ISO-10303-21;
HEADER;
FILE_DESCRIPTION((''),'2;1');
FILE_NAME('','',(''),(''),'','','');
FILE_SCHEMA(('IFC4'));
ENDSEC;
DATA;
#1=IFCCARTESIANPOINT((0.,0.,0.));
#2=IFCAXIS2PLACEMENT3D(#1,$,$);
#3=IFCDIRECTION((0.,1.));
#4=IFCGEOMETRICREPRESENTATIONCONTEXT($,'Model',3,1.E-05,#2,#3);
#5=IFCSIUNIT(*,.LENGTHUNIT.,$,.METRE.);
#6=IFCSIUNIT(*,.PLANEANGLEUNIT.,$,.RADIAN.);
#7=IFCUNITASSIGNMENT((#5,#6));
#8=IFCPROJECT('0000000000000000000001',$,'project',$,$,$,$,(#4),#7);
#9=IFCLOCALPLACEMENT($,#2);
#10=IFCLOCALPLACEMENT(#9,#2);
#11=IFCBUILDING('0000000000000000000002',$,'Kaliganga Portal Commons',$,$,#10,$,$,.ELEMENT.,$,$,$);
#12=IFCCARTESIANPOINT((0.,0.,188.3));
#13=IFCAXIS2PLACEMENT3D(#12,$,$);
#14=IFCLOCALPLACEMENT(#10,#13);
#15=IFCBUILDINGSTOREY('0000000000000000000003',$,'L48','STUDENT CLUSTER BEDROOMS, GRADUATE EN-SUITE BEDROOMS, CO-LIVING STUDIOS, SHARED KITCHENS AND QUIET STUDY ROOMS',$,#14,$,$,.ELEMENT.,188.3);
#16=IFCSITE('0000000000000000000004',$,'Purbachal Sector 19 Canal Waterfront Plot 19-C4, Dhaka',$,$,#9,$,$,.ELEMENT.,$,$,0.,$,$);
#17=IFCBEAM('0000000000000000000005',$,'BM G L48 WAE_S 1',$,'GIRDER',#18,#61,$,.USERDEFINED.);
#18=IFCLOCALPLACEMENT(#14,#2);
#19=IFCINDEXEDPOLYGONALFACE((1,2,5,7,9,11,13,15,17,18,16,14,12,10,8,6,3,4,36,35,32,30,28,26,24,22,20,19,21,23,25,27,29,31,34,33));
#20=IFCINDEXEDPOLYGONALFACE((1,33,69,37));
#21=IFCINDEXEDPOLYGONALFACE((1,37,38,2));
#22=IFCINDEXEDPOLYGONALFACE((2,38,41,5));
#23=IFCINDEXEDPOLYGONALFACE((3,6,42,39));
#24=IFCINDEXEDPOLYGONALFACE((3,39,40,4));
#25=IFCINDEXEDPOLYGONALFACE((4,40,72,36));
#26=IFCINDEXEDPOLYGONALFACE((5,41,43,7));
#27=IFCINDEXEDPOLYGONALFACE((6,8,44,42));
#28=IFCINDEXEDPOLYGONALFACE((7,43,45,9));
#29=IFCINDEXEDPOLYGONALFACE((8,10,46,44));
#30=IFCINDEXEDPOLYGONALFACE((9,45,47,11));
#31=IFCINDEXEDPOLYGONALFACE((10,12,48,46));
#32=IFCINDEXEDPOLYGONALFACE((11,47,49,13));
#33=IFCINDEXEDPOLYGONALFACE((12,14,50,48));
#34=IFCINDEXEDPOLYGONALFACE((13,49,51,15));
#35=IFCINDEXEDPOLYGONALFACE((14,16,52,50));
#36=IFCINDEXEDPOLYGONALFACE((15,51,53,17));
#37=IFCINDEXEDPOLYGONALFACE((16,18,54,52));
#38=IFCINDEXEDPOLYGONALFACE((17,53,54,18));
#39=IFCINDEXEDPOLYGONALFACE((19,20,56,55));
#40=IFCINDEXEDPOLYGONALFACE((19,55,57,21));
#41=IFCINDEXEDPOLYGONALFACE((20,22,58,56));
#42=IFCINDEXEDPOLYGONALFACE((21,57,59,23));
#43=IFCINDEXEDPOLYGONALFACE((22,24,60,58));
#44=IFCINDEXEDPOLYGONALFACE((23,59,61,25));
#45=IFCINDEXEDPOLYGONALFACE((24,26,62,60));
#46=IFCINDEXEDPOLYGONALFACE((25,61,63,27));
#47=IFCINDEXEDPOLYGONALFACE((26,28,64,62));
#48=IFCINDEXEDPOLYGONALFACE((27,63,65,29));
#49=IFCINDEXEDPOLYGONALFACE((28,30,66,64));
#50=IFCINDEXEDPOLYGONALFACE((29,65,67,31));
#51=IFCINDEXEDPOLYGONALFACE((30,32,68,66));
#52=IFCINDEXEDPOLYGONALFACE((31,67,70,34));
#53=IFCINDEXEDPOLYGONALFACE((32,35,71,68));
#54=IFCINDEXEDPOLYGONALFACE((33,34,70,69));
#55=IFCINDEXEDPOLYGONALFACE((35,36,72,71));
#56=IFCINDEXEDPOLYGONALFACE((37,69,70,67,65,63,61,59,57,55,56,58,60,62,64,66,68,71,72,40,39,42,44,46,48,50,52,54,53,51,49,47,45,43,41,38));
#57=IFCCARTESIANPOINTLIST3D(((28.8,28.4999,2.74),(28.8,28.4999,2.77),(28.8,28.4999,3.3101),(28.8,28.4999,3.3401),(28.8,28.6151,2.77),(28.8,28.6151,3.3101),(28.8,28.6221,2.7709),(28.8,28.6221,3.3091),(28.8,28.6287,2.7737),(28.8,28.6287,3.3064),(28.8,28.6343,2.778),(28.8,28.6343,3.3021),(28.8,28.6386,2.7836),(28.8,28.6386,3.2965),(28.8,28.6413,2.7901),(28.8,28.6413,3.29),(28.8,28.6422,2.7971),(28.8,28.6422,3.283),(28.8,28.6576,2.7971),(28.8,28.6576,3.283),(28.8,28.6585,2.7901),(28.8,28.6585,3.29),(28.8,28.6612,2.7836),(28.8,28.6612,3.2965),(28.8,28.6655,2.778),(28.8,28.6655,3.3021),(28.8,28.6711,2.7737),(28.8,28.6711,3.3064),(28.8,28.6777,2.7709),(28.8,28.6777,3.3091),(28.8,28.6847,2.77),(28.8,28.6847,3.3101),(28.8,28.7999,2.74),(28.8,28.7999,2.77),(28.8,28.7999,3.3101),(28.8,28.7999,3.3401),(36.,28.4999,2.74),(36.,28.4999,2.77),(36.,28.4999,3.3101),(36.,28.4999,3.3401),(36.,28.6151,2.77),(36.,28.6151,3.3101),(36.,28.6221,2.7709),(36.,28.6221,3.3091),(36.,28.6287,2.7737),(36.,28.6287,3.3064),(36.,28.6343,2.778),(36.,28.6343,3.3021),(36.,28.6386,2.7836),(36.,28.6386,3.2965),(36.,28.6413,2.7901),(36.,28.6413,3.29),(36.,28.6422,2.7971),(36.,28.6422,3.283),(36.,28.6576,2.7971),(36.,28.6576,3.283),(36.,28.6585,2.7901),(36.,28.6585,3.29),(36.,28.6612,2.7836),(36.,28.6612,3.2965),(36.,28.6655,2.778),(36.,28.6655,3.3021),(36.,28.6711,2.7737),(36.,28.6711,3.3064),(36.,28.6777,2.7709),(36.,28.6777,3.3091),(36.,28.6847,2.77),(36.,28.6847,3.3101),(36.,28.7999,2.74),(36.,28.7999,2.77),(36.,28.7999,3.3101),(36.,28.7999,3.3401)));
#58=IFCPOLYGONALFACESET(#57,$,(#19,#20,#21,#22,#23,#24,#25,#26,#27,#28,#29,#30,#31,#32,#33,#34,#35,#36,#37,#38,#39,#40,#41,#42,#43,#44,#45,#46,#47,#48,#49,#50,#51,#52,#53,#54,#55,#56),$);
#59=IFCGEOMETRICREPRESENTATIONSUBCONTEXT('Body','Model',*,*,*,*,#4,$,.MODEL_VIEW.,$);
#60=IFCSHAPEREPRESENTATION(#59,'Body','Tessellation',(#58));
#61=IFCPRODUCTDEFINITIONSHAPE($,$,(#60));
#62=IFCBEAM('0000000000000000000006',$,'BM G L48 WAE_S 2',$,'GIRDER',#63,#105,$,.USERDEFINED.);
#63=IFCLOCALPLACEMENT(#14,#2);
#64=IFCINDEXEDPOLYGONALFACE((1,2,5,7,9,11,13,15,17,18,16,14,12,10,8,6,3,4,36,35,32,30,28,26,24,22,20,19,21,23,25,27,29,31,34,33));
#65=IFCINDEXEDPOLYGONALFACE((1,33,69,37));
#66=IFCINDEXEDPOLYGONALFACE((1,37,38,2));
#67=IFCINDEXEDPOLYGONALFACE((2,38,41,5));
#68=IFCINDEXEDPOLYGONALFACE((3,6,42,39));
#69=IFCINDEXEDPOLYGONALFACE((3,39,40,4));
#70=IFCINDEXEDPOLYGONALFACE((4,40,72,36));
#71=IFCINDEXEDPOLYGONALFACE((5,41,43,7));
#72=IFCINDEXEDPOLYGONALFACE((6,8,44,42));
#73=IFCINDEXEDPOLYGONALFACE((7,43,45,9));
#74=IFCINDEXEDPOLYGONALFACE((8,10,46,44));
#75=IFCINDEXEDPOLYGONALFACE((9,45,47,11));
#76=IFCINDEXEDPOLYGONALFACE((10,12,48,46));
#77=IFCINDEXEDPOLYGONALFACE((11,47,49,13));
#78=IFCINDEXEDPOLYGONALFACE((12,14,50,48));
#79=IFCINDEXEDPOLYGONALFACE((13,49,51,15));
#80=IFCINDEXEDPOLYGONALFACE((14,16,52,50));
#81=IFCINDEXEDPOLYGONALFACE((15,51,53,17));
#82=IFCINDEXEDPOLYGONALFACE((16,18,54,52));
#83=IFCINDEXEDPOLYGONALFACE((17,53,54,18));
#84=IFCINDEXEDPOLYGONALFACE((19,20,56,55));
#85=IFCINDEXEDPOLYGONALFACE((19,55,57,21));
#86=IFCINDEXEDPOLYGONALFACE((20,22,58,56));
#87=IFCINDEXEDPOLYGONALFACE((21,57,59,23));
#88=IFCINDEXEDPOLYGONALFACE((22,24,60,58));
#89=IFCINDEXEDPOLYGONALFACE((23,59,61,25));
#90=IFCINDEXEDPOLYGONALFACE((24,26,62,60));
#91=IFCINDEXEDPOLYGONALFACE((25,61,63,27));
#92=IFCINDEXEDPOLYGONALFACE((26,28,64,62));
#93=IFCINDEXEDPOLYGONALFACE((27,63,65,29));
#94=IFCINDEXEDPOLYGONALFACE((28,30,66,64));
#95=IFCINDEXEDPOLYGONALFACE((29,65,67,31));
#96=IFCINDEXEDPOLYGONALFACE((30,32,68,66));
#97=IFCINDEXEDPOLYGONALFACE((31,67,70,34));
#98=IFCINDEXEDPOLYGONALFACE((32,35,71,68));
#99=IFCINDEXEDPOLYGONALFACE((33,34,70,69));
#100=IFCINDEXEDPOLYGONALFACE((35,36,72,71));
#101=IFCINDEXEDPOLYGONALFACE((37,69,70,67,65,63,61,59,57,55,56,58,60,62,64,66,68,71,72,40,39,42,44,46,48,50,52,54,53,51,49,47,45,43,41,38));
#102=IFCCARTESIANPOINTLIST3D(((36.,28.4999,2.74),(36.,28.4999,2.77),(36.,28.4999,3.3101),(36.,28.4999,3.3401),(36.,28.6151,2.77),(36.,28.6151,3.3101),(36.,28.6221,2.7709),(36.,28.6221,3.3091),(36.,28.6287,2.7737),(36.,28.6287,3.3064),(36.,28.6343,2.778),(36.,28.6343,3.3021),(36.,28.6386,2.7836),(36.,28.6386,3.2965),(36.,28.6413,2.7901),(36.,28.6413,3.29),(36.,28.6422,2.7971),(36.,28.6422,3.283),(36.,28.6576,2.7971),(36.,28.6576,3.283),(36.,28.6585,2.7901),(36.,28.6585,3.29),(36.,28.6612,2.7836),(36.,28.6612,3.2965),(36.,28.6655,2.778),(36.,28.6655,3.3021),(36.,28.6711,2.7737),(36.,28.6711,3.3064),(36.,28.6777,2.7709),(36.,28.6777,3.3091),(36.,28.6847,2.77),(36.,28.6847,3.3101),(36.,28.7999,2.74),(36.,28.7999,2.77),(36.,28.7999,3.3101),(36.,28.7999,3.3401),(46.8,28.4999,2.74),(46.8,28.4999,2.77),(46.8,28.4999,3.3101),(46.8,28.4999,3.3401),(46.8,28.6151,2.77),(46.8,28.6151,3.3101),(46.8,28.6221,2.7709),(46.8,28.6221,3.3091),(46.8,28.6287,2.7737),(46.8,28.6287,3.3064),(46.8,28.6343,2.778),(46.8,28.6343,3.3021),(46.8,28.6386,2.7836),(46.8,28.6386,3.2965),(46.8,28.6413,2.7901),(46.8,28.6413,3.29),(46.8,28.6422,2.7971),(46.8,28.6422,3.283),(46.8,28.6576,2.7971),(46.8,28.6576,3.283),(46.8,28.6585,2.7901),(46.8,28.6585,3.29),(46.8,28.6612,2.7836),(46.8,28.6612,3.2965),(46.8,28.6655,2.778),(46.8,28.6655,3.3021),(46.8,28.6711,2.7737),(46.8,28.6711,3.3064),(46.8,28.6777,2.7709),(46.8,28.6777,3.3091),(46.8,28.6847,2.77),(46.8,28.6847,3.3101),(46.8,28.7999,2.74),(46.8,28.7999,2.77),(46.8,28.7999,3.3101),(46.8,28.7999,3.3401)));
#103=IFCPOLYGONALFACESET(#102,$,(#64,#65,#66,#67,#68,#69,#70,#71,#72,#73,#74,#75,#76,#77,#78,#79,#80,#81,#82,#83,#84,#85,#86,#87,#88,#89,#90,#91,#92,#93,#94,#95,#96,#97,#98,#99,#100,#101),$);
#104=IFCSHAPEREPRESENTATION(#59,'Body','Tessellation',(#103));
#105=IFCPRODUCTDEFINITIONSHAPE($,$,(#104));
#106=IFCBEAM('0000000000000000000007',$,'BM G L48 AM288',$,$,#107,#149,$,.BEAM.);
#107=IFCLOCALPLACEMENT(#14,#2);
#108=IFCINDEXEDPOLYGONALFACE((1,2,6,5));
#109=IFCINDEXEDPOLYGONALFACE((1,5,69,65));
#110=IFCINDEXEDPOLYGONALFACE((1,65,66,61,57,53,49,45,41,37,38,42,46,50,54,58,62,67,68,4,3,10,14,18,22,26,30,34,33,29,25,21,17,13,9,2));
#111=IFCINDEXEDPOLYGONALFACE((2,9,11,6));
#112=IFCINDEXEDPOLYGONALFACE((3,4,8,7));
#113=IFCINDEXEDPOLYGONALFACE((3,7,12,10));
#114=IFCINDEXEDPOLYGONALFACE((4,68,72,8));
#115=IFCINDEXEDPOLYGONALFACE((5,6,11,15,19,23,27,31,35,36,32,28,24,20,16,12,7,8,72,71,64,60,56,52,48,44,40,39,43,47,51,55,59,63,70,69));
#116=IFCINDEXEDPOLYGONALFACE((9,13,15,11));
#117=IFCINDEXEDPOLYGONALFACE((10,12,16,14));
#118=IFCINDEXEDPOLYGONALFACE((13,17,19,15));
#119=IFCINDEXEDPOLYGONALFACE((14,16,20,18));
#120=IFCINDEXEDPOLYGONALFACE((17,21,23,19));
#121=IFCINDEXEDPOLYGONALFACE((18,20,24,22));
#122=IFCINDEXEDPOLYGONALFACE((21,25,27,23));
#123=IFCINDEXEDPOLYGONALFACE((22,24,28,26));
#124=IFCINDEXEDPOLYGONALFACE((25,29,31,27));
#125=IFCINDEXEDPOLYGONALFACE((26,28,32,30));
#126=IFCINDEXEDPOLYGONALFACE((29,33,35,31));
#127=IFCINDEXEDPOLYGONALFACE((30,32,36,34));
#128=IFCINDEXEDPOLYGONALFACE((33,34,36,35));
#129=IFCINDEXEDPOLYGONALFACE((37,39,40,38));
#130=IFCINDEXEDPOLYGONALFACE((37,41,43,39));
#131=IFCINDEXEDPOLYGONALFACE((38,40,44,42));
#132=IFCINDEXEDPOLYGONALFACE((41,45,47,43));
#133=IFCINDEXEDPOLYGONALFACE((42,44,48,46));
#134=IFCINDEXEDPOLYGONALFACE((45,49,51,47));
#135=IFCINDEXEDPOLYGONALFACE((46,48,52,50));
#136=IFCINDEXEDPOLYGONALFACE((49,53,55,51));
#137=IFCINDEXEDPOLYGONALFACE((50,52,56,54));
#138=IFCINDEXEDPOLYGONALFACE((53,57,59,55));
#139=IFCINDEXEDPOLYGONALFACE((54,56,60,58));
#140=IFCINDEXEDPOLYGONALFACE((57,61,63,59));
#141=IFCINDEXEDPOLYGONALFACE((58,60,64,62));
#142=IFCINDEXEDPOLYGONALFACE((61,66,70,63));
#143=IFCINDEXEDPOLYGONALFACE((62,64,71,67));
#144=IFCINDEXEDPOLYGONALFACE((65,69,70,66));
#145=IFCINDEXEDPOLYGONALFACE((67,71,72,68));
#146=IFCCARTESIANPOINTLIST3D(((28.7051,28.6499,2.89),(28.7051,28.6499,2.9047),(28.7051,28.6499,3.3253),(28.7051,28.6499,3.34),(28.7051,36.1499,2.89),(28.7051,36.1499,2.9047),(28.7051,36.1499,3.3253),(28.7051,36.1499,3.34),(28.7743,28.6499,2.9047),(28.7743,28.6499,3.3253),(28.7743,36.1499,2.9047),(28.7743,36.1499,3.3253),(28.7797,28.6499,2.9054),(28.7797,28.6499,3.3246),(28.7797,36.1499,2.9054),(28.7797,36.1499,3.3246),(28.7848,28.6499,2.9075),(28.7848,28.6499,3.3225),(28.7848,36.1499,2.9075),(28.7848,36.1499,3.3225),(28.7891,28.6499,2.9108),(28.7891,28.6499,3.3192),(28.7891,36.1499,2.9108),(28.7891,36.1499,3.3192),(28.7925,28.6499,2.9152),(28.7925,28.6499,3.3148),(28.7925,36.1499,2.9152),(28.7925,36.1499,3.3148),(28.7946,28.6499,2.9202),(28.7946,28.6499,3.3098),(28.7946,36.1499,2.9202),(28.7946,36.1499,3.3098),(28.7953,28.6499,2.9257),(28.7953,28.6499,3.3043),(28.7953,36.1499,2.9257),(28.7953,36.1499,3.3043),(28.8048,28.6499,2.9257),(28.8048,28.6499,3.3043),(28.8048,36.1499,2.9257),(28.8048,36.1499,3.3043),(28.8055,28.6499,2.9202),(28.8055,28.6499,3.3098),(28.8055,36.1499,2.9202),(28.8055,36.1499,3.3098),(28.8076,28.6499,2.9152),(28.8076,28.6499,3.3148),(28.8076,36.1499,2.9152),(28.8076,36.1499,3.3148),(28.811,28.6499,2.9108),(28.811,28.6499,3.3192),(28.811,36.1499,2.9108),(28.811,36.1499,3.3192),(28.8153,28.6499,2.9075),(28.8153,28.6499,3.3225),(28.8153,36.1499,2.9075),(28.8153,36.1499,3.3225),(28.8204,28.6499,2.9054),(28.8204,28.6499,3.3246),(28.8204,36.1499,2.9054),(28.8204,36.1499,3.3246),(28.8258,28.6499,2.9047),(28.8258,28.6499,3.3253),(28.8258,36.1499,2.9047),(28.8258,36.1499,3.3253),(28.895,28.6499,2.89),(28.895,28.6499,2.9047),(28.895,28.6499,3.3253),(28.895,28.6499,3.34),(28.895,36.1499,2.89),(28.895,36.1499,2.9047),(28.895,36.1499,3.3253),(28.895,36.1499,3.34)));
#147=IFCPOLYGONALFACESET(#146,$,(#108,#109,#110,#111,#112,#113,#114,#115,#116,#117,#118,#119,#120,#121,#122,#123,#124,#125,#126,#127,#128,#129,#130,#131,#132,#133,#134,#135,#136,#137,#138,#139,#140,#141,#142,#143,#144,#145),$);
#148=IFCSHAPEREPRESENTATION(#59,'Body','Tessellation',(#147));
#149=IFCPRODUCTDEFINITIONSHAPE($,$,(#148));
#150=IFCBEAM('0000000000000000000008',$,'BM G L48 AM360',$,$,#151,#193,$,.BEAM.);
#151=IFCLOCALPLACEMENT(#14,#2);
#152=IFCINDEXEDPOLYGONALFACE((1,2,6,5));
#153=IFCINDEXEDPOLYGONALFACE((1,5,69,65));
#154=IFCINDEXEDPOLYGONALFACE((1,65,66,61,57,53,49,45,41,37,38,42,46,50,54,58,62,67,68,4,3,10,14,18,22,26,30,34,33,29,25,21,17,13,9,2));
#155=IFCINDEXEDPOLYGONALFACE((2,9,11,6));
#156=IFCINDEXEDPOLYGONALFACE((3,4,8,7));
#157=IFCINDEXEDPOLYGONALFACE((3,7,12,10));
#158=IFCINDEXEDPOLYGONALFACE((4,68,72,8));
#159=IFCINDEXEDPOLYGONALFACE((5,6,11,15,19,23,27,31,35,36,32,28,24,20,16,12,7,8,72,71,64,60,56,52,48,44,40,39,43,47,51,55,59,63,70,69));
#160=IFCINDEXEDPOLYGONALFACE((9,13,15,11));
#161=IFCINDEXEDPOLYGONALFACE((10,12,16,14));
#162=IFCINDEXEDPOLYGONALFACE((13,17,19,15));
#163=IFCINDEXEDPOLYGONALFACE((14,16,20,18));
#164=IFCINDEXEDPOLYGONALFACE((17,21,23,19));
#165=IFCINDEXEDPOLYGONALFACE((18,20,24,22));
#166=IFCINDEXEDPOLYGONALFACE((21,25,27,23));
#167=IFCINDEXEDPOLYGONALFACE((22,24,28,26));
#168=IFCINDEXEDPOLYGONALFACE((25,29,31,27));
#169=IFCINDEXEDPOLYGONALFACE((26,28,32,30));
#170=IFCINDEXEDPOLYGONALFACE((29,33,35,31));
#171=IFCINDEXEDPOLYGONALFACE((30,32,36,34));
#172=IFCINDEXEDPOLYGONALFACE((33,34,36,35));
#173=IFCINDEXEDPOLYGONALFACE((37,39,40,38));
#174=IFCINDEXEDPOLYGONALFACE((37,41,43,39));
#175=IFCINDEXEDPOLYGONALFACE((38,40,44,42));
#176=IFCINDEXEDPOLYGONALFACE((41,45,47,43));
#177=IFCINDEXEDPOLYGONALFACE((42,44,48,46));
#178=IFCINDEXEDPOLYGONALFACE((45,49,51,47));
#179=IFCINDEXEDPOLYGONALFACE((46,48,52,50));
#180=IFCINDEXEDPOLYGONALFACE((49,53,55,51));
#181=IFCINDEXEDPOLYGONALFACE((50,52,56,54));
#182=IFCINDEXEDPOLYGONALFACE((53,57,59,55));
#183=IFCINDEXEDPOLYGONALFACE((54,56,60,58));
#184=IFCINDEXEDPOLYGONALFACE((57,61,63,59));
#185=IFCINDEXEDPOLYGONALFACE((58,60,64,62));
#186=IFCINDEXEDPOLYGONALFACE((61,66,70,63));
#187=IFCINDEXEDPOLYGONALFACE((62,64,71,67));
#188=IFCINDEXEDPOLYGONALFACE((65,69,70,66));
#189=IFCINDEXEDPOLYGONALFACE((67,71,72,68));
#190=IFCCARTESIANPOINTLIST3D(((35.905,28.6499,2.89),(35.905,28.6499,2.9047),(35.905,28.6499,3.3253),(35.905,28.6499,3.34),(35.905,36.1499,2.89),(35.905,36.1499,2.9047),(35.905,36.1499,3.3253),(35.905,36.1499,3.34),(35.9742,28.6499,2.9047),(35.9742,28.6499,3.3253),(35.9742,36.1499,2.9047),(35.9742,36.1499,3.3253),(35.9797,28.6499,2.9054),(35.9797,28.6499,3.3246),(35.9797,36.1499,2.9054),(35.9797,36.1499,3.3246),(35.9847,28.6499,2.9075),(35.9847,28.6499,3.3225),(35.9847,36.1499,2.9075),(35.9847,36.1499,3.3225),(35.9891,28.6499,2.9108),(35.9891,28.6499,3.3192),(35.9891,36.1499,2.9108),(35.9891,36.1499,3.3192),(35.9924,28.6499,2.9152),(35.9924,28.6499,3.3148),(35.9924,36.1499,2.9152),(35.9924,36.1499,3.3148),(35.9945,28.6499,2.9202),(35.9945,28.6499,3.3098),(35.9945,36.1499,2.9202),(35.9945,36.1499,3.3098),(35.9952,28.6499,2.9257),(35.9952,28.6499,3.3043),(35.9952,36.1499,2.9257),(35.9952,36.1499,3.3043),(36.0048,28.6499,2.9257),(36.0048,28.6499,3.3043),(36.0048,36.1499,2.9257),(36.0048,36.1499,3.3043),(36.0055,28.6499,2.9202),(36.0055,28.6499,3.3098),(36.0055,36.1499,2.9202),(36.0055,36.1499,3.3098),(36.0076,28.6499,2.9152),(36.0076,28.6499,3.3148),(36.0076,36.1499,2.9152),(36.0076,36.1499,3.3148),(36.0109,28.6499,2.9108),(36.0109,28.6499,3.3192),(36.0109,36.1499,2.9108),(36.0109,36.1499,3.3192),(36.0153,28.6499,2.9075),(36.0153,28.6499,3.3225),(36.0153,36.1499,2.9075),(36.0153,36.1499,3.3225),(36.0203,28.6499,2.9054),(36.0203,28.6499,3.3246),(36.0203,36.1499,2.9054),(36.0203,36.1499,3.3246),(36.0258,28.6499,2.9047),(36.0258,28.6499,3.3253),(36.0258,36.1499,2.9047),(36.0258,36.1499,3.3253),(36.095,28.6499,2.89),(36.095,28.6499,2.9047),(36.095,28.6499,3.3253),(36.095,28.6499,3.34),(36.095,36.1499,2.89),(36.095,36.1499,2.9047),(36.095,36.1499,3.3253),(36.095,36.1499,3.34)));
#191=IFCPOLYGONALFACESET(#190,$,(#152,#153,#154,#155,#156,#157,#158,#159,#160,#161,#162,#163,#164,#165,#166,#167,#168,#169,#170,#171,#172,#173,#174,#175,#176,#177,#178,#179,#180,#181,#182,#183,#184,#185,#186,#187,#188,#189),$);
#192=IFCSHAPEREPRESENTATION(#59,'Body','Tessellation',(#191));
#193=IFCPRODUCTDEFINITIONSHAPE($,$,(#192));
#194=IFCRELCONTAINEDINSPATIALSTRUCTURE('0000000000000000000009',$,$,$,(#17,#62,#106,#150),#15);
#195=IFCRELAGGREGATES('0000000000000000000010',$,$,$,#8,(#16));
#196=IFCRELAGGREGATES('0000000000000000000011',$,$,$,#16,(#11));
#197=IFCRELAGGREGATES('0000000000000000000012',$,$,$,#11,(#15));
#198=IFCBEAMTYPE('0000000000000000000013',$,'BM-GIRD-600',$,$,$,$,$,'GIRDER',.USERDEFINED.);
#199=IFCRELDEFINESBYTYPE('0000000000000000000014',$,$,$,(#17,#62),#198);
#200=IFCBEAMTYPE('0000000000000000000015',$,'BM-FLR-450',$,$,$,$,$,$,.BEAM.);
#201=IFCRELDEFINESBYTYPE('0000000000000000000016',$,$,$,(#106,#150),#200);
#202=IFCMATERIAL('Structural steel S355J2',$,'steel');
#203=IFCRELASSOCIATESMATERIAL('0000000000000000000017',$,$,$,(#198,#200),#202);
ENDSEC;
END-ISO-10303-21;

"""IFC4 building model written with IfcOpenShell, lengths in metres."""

from ifc_helpers import new_model, si_unit, direction, frame, origin, origin_2d, place, context, subcontext, project, spatial, i_section, extrude, source, transform, mapped, material, material_profile, profile_set, type_object, element, save


model = new_model("IFC4")

# Units and contexts
model_context = context("Model", 3, precision=1e-05, world=origin(), true_north=direction((0.0, 1.0)))
body_context = subcontext(model_context, "Body", "Model", "MODEL_VIEW")
ifc_project = project(units=[si_unit("LENGTHUNIT", "METRE"), si_unit("PLANEANGLEUNIT", "RADIAN")], contexts=[model_context])

# Site, building, storey
site_placement = place(None, origin())
site = spatial("IfcSite", under=ifc_project, at=site_placement, Name="Purbachal Sector 19 Canal Waterfront Plot 19-C4, Dhaka", CompositionType="ELEMENT", RefElevation=0.0)
building_placement = place(site_placement, origin())
building = spatial("IfcBuilding", under=site, at=building_placement, Name="Kaliganga Portal Commons", CompositionType="ELEMENT")
storey_placement = place(building_placement, frame((0.0, 0.0, 188.3)))
storey = spatial("IfcBuildingStorey", under=building, at=storey_placement, Name="L48", Description="STUDENT CLUSTER BEDROOMS, GRADUATE EN-SUITE BEDROOMS, CO-LIVING STUDIOS, SHARED KITCHENS AND QUIET STUDY ROOMS", CompositionType="ELEMENT", Elevation=188.3)

# Beams
ifc_material_1 = material(Name="Structural steel S355J2", Category="steel")
ifc_material_profile_1 = material_profile(ifc_material_1, i_section(OverallWidth=0.3, OverallDepth=0.6001, WebThickness=0.0154, FlangeThickness=0.03, FilletRadius=0.0271, at=origin_2d()), Name="HE 600 B")
ifc_profile_set_1 = profile_set([ifc_material_profile_1], Name="Structural steel S355J2 wide-flange")
beam_type_1 = type_object("IfcBeamType", Name="BM-GIRD-600", ElementType="GIRDER", PredefinedType="USERDEFINED", material=ifc_profile_set_1)
shared_shape_1 = source(origin(), body_context, "Body", "SweptSolid", [
    extrude(i_section(OverallWidth=0.3, OverallDepth=0.6001, WebThickness=0.0154, FlangeThickness=0.03, FilletRadius=0.0271, at=origin_2d()), origin(), (0.0, 0.0, 1.0), 7.2),
])
beam_1_placement = place(storey_placement, frame((28.8, 28.6499, 3.04), z_axis=(1.0, 0.0, 0.0), x_axis=(0.0, 1.0, 0.0)))
element("IfcBeam", 1, at=beam_1_placement, inside=storey, type_object=beam_type_1, Name="BM G L48 WAE_S 1", ObjectType="GIRDER", PredefinedType="USERDEFINED", context=body_context, shape_type="MappedRepresentation", body=[
    mapped(shared_shape_1, transform((0.0, 0.0, 0.0), x_axis=(1.0, 0.0, 0.0), y_axis=(0.0, 1.0, 0.0), z_axis=(0.0, 0.0, 1.0), scale=1.0)),
])
shared_shape_2 = source(origin(), body_context, "Body", "SweptSolid", [
    extrude(i_section(OverallWidth=0.3, OverallDepth=0.6001, WebThickness=0.0154, FlangeThickness=0.03, FilletRadius=0.0271, at=origin_2d()), origin(), (0.0, 0.0, 1.0), 10.8),
])
beam_2_placement = place(storey_placement, frame((36.0, 28.6499, 3.04), z_axis=(1.0, 0.0, 0.0), x_axis=(0.0, 1.0, 0.0)))
element("IfcBeam", 2, at=beam_2_placement, inside=storey, type_object=beam_type_1, Name="BM G L48 WAE_S 2", ObjectType="GIRDER", PredefinedType="USERDEFINED", context=body_context, shape_type="MappedRepresentation", body=[
    mapped(shared_shape_2, transform((0.0, 0.0, 0.0), x_axis=(1.0, 0.0, 0.0), y_axis=(0.0, 1.0, 0.0), z_axis=(0.0, 0.0, 1.0), scale=1.0)),
])
ifc_material_profile_2 = material_profile(ifc_material_1, i_section(OverallWidth=0.1899, OverallDepth=0.45, WebThickness=0.0095, FlangeThickness=0.0146, FilletRadius=0.021, at=origin_2d()), Name="IPE 450")
ifc_profile_set_2 = profile_set([ifc_material_profile_2], Name="Structural steel S355J2 wide-flange")
beam_type_2 = type_object("IfcBeamType", Name="BM-FLR-450", PredefinedType="BEAM", material=ifc_profile_set_2)
shared_shape_3 = source(origin(), body_context, "Body", "SweptSolid", [
    extrude(i_section(OverallWidth=0.1899, OverallDepth=0.45, WebThickness=0.0095, FlangeThickness=0.0146, FilletRadius=0.021, at=origin_2d()), origin(), (0.0, 0.0, 1.0), 7.5),
])
for number, where, z_axis, x_axis, name in (
    (3, (28.8, 28.6499, 3.115), (0.0, 1.0, 0.0), (-1.0, 0.0, 0.0), "BM G L48 AM288"),
    (4, (36.0, 28.6499, 3.115), (0.0, 1.0, 0.0), (-1.0, 0.0, 0.0), "BM G L48 AM360"),
):
    element("IfcBeam", number, at=place(storey_placement, frame(where, z_axis=z_axis, x_axis=x_axis)), inside=storey, type_object=beam_type_2, Name=name, PredefinedType="BEAM", context=body_context, shape_type="MappedRepresentation", body=[
        mapped(shared_shape_3, transform((0.0, 0.0, 0.0), x_axis=(1.0, 0.0, 0.0), y_axis=(0.0, 1.0, 0.0), z_axis=(0.0, 0.0, 1.0), scale=1.0)),
    ])

save(model, "model.ifc")
